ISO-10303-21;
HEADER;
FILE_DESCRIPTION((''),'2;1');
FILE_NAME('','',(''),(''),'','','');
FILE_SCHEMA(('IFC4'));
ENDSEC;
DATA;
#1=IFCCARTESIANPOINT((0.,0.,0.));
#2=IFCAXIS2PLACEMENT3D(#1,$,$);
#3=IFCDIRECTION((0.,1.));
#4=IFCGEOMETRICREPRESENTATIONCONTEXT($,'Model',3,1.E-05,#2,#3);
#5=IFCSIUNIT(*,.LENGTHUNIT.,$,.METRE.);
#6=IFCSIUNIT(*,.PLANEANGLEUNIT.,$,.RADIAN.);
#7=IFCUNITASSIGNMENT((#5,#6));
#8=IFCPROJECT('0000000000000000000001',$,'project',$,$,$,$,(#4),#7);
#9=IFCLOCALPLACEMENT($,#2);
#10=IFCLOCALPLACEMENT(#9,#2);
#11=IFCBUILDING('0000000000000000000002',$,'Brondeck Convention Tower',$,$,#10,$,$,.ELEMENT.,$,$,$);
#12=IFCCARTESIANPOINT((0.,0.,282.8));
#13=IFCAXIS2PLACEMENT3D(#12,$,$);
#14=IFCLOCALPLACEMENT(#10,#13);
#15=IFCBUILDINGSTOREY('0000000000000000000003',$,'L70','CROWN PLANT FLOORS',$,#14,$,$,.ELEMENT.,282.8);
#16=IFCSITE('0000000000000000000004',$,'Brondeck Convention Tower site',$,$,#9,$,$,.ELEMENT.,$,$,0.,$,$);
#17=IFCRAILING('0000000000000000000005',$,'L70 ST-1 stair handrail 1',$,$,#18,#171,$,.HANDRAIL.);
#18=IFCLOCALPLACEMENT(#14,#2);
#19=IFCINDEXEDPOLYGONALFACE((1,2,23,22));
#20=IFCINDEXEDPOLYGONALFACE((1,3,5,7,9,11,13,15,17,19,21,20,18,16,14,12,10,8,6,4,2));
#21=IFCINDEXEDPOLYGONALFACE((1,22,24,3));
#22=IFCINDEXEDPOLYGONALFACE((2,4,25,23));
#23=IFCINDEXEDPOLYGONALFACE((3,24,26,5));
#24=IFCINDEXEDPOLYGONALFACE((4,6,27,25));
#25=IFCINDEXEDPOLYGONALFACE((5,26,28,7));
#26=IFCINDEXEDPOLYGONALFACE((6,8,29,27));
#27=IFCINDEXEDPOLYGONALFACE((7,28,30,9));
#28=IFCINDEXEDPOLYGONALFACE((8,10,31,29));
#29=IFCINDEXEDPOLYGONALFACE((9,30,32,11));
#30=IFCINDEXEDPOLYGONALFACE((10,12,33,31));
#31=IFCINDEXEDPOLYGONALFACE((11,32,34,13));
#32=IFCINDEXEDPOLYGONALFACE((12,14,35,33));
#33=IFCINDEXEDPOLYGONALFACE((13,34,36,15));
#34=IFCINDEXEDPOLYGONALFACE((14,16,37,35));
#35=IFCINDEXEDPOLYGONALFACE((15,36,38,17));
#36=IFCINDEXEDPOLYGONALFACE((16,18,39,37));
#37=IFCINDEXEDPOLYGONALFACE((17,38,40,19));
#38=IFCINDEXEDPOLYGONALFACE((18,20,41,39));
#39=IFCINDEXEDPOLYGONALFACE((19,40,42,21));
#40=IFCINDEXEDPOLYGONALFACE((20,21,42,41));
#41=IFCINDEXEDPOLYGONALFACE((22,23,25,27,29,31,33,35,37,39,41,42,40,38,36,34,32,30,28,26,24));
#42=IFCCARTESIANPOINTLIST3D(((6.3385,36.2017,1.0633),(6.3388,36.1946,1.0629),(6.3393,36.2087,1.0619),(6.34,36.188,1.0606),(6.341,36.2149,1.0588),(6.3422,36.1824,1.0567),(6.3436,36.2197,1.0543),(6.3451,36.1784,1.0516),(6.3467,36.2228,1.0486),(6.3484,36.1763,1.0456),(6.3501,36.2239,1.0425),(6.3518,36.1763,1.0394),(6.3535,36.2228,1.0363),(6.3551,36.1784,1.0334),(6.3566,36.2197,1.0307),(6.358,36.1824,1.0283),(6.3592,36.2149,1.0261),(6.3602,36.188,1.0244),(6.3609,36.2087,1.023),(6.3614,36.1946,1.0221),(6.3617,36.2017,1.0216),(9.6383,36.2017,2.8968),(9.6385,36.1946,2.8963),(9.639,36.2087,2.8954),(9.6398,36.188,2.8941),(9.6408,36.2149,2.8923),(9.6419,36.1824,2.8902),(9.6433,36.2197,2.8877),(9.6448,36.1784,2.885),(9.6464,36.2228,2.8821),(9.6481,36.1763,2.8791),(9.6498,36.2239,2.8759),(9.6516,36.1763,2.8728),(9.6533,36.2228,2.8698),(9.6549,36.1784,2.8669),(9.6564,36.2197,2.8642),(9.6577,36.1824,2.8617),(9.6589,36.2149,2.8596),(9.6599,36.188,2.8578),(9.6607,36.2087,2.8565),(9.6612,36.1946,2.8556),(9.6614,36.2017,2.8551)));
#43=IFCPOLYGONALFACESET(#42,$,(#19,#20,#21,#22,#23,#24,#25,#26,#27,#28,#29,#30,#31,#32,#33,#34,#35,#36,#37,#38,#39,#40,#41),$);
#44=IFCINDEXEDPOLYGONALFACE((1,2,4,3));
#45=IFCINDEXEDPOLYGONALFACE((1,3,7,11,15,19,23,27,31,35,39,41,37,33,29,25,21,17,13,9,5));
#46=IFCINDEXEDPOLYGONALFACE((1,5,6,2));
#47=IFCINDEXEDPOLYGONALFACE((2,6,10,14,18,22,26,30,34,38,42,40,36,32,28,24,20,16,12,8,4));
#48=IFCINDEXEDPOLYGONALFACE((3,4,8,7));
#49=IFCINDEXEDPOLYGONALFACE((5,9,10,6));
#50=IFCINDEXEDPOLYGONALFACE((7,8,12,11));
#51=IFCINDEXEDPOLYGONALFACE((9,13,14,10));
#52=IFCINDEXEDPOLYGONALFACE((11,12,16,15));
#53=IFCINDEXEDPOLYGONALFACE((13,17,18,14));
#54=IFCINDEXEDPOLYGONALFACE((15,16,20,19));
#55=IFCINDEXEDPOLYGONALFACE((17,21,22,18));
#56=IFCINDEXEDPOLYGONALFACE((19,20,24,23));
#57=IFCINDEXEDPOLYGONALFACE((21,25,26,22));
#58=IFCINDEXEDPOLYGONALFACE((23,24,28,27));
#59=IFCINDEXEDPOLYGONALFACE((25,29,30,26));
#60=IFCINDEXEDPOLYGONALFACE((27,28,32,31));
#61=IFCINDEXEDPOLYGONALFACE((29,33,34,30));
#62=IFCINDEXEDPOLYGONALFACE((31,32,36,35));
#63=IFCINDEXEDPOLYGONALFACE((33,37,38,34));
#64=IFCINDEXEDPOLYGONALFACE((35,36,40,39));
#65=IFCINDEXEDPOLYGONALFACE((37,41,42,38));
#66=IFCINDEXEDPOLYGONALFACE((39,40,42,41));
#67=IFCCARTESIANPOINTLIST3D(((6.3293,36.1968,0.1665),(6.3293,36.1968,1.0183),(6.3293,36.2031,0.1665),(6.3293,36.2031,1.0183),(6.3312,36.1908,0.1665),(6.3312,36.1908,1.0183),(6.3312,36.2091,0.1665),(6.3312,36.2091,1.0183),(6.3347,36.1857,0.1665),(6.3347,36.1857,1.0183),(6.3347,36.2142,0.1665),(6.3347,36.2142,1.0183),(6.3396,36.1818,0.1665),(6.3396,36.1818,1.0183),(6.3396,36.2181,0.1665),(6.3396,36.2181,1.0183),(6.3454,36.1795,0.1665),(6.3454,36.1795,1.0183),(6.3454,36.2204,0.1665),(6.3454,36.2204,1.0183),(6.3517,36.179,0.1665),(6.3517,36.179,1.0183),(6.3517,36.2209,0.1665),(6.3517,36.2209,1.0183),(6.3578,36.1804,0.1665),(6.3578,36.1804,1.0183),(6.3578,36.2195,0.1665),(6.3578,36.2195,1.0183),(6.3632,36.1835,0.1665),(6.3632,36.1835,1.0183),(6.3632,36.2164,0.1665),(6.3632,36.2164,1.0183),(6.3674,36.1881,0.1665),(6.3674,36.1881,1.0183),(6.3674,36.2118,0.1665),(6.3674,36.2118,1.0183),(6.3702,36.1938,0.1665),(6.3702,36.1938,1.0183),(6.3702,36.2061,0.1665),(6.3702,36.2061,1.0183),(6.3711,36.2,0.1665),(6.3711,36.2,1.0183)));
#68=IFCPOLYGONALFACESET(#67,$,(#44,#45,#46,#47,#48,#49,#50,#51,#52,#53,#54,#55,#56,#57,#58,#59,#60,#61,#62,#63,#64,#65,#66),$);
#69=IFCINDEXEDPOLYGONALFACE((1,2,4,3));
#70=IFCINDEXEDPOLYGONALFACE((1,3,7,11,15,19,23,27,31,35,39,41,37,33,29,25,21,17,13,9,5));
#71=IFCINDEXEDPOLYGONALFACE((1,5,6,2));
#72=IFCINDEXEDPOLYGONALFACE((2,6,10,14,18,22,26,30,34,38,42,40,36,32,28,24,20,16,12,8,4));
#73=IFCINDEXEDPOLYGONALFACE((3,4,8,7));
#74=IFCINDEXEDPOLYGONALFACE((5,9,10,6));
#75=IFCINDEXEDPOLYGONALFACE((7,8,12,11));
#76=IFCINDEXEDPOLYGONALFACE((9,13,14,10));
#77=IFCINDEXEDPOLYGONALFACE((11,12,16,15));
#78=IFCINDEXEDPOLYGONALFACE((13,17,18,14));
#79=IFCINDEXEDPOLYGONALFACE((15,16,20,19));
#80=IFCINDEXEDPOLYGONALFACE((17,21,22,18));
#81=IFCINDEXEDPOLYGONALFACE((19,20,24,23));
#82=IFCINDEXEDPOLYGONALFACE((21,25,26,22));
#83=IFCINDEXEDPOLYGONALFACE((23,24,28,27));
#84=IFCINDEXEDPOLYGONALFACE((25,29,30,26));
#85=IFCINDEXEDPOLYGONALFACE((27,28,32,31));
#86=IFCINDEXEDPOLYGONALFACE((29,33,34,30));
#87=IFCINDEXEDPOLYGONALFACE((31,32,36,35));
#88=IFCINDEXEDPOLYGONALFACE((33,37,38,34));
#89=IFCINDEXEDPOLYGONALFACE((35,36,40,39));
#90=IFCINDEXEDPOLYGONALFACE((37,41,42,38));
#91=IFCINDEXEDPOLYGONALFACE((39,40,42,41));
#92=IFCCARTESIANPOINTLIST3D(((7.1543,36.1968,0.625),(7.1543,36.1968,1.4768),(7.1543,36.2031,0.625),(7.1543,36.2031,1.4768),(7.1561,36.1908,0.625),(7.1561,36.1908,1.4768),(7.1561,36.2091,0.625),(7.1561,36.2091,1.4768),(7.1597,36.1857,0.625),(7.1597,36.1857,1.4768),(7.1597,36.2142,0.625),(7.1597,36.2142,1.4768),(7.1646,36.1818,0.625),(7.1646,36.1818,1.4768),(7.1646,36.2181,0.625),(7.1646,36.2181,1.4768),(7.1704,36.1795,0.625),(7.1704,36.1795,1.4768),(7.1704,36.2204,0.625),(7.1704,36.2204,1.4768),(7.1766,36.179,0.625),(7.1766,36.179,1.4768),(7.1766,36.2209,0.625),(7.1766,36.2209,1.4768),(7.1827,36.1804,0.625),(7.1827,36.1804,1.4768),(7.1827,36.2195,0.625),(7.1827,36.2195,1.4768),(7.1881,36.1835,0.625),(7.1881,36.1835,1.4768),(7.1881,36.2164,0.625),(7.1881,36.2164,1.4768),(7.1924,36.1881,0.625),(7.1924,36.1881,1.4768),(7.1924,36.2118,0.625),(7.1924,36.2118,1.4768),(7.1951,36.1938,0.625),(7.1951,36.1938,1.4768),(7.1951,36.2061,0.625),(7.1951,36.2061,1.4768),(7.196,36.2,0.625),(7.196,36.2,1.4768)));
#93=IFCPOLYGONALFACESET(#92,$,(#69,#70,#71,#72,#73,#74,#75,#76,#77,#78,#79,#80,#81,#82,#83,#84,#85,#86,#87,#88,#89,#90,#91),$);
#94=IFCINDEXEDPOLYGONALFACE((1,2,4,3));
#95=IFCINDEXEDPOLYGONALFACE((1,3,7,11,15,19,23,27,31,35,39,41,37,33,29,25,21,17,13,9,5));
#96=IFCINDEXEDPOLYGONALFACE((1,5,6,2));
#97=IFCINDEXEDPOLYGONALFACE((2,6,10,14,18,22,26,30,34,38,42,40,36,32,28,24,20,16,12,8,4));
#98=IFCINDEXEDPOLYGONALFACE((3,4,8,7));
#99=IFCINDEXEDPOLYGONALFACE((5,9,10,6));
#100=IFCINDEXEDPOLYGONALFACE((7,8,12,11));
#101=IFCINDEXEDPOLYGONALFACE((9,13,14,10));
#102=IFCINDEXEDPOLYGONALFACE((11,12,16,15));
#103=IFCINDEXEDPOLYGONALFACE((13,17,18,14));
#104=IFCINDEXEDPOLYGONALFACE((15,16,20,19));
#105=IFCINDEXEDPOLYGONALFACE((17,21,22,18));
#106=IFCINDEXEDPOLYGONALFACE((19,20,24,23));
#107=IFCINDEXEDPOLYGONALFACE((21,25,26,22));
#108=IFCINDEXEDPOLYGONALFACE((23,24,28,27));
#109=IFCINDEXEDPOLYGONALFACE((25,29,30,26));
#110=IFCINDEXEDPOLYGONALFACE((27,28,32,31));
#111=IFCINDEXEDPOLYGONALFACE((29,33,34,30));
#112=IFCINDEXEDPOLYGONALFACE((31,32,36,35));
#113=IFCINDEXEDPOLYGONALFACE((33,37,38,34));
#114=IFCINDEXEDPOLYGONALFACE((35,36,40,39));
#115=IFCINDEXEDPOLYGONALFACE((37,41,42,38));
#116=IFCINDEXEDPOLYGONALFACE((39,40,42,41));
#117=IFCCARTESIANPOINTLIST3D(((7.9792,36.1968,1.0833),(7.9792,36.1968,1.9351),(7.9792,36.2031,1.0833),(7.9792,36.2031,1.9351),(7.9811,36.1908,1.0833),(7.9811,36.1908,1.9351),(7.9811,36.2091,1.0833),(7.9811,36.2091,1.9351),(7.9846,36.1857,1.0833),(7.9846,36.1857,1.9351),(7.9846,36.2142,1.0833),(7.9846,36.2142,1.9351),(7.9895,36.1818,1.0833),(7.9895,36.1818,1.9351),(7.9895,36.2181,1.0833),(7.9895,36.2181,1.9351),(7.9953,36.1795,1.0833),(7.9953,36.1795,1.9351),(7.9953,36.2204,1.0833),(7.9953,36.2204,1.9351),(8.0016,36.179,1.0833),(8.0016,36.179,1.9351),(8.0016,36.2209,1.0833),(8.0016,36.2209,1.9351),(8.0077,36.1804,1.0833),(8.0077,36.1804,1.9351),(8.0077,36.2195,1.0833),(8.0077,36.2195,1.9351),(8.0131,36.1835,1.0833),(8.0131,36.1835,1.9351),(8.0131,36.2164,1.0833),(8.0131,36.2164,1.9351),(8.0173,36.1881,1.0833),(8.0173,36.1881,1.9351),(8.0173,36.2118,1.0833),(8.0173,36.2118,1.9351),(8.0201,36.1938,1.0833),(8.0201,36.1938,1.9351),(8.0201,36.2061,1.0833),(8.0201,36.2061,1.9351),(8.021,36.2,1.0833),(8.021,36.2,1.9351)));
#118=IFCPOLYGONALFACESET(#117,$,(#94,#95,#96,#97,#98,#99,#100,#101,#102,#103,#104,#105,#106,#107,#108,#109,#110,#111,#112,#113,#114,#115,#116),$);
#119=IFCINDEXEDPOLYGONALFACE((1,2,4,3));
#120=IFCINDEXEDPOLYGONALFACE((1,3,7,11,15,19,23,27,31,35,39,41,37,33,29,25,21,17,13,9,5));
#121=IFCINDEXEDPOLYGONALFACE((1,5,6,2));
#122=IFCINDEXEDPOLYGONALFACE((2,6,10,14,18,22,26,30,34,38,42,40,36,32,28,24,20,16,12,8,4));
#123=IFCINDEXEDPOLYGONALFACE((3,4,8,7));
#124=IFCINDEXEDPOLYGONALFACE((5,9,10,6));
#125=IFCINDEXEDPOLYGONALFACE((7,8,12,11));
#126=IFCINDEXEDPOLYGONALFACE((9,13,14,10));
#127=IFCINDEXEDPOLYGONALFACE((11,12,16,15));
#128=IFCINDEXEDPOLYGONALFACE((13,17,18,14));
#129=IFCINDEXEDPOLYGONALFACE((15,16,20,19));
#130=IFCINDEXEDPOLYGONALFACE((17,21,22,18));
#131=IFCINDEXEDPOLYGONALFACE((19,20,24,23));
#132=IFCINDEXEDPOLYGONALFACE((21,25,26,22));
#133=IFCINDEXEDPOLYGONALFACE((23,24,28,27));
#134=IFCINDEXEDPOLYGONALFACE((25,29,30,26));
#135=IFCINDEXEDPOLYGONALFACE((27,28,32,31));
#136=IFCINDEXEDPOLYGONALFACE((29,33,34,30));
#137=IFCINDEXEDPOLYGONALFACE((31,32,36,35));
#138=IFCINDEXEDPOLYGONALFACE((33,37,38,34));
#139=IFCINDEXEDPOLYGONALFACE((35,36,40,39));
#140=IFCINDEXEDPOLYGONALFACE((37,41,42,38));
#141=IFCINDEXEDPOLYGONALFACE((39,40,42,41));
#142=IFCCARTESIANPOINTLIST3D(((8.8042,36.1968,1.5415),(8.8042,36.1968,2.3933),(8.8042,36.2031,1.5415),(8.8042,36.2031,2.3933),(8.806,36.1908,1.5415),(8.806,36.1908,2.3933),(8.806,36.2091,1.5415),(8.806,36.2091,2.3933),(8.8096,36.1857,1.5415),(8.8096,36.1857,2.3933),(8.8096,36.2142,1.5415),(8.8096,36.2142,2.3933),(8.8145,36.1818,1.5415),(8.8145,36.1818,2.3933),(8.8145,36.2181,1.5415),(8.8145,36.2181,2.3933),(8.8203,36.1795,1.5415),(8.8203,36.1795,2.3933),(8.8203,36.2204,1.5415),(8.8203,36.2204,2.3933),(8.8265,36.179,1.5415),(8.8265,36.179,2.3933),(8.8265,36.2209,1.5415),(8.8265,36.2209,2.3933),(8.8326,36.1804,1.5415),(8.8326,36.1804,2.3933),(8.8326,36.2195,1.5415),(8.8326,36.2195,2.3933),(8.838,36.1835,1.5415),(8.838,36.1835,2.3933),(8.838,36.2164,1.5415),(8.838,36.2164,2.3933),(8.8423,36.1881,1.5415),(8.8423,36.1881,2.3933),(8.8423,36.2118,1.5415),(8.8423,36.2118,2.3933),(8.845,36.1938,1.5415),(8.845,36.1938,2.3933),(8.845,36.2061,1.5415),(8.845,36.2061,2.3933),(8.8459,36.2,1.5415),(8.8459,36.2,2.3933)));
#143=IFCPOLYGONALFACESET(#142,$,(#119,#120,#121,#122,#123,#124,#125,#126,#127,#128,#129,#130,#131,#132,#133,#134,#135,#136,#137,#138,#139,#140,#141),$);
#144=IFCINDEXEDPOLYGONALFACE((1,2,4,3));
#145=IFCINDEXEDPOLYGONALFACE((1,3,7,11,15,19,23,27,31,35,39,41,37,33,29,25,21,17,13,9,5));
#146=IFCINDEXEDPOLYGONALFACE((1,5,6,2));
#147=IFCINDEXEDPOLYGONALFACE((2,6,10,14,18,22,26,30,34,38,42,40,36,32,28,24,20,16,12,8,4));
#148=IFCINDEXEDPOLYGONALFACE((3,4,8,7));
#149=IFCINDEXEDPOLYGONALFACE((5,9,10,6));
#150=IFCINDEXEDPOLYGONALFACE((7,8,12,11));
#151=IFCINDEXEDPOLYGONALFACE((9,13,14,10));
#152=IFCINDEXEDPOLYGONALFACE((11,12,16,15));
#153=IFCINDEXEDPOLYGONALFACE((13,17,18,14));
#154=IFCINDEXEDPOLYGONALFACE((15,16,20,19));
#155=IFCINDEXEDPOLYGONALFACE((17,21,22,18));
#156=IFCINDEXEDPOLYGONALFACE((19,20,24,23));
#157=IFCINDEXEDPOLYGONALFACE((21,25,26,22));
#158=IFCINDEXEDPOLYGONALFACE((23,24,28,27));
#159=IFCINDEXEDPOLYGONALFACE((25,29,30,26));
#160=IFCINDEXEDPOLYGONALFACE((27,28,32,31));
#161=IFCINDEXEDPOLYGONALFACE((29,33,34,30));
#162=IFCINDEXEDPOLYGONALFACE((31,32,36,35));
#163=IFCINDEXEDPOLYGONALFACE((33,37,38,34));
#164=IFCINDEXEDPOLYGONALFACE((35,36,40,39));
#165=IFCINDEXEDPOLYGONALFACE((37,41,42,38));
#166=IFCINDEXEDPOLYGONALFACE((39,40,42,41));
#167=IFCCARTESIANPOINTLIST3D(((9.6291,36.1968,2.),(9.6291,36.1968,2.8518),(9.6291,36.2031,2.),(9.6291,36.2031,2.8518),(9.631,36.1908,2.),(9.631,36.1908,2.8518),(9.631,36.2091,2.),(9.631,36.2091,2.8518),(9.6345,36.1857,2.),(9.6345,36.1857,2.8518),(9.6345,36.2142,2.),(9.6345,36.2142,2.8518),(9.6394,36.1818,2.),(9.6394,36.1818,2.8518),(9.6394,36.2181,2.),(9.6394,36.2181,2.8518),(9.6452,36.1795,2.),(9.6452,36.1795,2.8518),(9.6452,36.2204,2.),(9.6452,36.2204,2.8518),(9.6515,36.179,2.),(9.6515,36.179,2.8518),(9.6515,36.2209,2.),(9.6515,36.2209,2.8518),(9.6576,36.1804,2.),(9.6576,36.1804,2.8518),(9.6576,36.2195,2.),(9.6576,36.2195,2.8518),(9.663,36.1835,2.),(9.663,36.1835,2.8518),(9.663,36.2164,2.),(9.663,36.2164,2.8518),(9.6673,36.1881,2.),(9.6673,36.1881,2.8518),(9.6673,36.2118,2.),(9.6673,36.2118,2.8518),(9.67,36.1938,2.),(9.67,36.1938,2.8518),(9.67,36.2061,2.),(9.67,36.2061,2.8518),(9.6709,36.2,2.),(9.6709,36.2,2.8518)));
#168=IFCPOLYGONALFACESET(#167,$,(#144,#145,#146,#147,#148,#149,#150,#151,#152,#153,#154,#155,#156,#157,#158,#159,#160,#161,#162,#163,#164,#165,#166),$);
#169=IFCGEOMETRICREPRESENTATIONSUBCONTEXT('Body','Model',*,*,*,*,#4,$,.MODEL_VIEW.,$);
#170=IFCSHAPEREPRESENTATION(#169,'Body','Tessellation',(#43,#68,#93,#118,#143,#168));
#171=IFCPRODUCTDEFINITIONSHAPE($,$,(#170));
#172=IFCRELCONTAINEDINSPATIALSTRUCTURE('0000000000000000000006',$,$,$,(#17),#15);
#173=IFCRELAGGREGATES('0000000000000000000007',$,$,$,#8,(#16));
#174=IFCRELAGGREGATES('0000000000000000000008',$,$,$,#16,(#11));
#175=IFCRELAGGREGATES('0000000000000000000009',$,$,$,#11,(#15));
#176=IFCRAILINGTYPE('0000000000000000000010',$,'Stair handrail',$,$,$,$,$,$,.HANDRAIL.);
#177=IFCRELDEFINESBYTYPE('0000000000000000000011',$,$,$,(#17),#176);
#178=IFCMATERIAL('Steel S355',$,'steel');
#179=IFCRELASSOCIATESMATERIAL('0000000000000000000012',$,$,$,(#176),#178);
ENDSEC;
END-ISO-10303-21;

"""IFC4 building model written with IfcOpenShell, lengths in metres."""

from ifc_helpers import new_model, si_unit, direction, frame, origin, origin_2d, place, context, subcontext, project, spatial, circle, extrude, material, type_object, element, save


model = new_model("IFC4")

# Units and contexts
model_context = context("Model", 3, precision=1e-05, world=origin(), true_north=direction((0.0, 1.0)))
body_context = subcontext(model_context, "Body", "Model", "MODEL_VIEW")
ifc_project = project(units=[si_unit("LENGTHUNIT", "METRE"), si_unit("PLANEANGLEUNIT", "RADIAN")], contexts=[model_context])

# Site, building, storey
site_placement = place(None, origin())
site = spatial("IfcSite", under=ifc_project, at=site_placement, Name="Brondeck Convention Tower site", CompositionType="ELEMENT", RefElevation=0.0)
building_placement = place(site_placement, origin())
building = spatial("IfcBuilding", under=site, at=building_placement, Name="Brondeck Convention Tower", CompositionType="ELEMENT")
storey_placement = place(building_placement, frame((0.0, 0.0, 282.8)))
storey = spatial("IfcBuildingStorey", under=building, at=storey_placement, Name="L70", Description="CROWN PLANT FLOORS", CompositionType="ELEMENT", Elevation=282.8)

# Railing
ifc_material_1 = material(Name="Steel S355", Category="steel")
railing_type_1 = type_object("IfcRailingType", Name="Stair handrail", PredefinedType="HANDRAIL", material=ifc_material_1)
railing_1_placement = place(storey_placement, frame((6.3501, 36.2, 0.1665)))
element("IfcRailing", 1, at=railing_1_placement, inside=storey, type_object=railing_type_1, Name="L70 ST-1 stair handrail 1", PredefinedType="HANDRAIL", context=body_context, shape_type="SweptSolid", body=[
    extrude(circle(Radius=0.0239, at=origin_2d()), frame((0.0, 0.0, 0.876), z_axis=(0.874127, 0.0, 0.485698), x_axis=(0.0, 1.0, 0.0)), (0.0, 0.0, 1.0), 3.7749),
    extrude(circle(Radius=0.021, at=origin_2d()), origin(), (0.0, 0.0, 1.0), 0.8518),
    extrude(circle(Radius=0.021, at=origin_2d()), frame((0.825, 0.0, 0.4585)), (0.0, 0.0, 1.0), 0.8518),
    extrude(circle(Radius=0.021, at=origin_2d()), frame((1.6499, 0.0, 0.9167)), (0.0, 0.0, 1.0), 0.8518),
    extrude(circle(Radius=0.021, at=origin_2d()), frame((2.4749, 0.0, 1.375)), (0.0, 0.0, 1.0), 0.8518),
    extrude(circle(Radius=0.021, at=origin_2d()), frame((3.2998, 0.0, 1.8335)), (0.0, 0.0, 1.0), 0.8518),
])

save(model, "model.ifc")
